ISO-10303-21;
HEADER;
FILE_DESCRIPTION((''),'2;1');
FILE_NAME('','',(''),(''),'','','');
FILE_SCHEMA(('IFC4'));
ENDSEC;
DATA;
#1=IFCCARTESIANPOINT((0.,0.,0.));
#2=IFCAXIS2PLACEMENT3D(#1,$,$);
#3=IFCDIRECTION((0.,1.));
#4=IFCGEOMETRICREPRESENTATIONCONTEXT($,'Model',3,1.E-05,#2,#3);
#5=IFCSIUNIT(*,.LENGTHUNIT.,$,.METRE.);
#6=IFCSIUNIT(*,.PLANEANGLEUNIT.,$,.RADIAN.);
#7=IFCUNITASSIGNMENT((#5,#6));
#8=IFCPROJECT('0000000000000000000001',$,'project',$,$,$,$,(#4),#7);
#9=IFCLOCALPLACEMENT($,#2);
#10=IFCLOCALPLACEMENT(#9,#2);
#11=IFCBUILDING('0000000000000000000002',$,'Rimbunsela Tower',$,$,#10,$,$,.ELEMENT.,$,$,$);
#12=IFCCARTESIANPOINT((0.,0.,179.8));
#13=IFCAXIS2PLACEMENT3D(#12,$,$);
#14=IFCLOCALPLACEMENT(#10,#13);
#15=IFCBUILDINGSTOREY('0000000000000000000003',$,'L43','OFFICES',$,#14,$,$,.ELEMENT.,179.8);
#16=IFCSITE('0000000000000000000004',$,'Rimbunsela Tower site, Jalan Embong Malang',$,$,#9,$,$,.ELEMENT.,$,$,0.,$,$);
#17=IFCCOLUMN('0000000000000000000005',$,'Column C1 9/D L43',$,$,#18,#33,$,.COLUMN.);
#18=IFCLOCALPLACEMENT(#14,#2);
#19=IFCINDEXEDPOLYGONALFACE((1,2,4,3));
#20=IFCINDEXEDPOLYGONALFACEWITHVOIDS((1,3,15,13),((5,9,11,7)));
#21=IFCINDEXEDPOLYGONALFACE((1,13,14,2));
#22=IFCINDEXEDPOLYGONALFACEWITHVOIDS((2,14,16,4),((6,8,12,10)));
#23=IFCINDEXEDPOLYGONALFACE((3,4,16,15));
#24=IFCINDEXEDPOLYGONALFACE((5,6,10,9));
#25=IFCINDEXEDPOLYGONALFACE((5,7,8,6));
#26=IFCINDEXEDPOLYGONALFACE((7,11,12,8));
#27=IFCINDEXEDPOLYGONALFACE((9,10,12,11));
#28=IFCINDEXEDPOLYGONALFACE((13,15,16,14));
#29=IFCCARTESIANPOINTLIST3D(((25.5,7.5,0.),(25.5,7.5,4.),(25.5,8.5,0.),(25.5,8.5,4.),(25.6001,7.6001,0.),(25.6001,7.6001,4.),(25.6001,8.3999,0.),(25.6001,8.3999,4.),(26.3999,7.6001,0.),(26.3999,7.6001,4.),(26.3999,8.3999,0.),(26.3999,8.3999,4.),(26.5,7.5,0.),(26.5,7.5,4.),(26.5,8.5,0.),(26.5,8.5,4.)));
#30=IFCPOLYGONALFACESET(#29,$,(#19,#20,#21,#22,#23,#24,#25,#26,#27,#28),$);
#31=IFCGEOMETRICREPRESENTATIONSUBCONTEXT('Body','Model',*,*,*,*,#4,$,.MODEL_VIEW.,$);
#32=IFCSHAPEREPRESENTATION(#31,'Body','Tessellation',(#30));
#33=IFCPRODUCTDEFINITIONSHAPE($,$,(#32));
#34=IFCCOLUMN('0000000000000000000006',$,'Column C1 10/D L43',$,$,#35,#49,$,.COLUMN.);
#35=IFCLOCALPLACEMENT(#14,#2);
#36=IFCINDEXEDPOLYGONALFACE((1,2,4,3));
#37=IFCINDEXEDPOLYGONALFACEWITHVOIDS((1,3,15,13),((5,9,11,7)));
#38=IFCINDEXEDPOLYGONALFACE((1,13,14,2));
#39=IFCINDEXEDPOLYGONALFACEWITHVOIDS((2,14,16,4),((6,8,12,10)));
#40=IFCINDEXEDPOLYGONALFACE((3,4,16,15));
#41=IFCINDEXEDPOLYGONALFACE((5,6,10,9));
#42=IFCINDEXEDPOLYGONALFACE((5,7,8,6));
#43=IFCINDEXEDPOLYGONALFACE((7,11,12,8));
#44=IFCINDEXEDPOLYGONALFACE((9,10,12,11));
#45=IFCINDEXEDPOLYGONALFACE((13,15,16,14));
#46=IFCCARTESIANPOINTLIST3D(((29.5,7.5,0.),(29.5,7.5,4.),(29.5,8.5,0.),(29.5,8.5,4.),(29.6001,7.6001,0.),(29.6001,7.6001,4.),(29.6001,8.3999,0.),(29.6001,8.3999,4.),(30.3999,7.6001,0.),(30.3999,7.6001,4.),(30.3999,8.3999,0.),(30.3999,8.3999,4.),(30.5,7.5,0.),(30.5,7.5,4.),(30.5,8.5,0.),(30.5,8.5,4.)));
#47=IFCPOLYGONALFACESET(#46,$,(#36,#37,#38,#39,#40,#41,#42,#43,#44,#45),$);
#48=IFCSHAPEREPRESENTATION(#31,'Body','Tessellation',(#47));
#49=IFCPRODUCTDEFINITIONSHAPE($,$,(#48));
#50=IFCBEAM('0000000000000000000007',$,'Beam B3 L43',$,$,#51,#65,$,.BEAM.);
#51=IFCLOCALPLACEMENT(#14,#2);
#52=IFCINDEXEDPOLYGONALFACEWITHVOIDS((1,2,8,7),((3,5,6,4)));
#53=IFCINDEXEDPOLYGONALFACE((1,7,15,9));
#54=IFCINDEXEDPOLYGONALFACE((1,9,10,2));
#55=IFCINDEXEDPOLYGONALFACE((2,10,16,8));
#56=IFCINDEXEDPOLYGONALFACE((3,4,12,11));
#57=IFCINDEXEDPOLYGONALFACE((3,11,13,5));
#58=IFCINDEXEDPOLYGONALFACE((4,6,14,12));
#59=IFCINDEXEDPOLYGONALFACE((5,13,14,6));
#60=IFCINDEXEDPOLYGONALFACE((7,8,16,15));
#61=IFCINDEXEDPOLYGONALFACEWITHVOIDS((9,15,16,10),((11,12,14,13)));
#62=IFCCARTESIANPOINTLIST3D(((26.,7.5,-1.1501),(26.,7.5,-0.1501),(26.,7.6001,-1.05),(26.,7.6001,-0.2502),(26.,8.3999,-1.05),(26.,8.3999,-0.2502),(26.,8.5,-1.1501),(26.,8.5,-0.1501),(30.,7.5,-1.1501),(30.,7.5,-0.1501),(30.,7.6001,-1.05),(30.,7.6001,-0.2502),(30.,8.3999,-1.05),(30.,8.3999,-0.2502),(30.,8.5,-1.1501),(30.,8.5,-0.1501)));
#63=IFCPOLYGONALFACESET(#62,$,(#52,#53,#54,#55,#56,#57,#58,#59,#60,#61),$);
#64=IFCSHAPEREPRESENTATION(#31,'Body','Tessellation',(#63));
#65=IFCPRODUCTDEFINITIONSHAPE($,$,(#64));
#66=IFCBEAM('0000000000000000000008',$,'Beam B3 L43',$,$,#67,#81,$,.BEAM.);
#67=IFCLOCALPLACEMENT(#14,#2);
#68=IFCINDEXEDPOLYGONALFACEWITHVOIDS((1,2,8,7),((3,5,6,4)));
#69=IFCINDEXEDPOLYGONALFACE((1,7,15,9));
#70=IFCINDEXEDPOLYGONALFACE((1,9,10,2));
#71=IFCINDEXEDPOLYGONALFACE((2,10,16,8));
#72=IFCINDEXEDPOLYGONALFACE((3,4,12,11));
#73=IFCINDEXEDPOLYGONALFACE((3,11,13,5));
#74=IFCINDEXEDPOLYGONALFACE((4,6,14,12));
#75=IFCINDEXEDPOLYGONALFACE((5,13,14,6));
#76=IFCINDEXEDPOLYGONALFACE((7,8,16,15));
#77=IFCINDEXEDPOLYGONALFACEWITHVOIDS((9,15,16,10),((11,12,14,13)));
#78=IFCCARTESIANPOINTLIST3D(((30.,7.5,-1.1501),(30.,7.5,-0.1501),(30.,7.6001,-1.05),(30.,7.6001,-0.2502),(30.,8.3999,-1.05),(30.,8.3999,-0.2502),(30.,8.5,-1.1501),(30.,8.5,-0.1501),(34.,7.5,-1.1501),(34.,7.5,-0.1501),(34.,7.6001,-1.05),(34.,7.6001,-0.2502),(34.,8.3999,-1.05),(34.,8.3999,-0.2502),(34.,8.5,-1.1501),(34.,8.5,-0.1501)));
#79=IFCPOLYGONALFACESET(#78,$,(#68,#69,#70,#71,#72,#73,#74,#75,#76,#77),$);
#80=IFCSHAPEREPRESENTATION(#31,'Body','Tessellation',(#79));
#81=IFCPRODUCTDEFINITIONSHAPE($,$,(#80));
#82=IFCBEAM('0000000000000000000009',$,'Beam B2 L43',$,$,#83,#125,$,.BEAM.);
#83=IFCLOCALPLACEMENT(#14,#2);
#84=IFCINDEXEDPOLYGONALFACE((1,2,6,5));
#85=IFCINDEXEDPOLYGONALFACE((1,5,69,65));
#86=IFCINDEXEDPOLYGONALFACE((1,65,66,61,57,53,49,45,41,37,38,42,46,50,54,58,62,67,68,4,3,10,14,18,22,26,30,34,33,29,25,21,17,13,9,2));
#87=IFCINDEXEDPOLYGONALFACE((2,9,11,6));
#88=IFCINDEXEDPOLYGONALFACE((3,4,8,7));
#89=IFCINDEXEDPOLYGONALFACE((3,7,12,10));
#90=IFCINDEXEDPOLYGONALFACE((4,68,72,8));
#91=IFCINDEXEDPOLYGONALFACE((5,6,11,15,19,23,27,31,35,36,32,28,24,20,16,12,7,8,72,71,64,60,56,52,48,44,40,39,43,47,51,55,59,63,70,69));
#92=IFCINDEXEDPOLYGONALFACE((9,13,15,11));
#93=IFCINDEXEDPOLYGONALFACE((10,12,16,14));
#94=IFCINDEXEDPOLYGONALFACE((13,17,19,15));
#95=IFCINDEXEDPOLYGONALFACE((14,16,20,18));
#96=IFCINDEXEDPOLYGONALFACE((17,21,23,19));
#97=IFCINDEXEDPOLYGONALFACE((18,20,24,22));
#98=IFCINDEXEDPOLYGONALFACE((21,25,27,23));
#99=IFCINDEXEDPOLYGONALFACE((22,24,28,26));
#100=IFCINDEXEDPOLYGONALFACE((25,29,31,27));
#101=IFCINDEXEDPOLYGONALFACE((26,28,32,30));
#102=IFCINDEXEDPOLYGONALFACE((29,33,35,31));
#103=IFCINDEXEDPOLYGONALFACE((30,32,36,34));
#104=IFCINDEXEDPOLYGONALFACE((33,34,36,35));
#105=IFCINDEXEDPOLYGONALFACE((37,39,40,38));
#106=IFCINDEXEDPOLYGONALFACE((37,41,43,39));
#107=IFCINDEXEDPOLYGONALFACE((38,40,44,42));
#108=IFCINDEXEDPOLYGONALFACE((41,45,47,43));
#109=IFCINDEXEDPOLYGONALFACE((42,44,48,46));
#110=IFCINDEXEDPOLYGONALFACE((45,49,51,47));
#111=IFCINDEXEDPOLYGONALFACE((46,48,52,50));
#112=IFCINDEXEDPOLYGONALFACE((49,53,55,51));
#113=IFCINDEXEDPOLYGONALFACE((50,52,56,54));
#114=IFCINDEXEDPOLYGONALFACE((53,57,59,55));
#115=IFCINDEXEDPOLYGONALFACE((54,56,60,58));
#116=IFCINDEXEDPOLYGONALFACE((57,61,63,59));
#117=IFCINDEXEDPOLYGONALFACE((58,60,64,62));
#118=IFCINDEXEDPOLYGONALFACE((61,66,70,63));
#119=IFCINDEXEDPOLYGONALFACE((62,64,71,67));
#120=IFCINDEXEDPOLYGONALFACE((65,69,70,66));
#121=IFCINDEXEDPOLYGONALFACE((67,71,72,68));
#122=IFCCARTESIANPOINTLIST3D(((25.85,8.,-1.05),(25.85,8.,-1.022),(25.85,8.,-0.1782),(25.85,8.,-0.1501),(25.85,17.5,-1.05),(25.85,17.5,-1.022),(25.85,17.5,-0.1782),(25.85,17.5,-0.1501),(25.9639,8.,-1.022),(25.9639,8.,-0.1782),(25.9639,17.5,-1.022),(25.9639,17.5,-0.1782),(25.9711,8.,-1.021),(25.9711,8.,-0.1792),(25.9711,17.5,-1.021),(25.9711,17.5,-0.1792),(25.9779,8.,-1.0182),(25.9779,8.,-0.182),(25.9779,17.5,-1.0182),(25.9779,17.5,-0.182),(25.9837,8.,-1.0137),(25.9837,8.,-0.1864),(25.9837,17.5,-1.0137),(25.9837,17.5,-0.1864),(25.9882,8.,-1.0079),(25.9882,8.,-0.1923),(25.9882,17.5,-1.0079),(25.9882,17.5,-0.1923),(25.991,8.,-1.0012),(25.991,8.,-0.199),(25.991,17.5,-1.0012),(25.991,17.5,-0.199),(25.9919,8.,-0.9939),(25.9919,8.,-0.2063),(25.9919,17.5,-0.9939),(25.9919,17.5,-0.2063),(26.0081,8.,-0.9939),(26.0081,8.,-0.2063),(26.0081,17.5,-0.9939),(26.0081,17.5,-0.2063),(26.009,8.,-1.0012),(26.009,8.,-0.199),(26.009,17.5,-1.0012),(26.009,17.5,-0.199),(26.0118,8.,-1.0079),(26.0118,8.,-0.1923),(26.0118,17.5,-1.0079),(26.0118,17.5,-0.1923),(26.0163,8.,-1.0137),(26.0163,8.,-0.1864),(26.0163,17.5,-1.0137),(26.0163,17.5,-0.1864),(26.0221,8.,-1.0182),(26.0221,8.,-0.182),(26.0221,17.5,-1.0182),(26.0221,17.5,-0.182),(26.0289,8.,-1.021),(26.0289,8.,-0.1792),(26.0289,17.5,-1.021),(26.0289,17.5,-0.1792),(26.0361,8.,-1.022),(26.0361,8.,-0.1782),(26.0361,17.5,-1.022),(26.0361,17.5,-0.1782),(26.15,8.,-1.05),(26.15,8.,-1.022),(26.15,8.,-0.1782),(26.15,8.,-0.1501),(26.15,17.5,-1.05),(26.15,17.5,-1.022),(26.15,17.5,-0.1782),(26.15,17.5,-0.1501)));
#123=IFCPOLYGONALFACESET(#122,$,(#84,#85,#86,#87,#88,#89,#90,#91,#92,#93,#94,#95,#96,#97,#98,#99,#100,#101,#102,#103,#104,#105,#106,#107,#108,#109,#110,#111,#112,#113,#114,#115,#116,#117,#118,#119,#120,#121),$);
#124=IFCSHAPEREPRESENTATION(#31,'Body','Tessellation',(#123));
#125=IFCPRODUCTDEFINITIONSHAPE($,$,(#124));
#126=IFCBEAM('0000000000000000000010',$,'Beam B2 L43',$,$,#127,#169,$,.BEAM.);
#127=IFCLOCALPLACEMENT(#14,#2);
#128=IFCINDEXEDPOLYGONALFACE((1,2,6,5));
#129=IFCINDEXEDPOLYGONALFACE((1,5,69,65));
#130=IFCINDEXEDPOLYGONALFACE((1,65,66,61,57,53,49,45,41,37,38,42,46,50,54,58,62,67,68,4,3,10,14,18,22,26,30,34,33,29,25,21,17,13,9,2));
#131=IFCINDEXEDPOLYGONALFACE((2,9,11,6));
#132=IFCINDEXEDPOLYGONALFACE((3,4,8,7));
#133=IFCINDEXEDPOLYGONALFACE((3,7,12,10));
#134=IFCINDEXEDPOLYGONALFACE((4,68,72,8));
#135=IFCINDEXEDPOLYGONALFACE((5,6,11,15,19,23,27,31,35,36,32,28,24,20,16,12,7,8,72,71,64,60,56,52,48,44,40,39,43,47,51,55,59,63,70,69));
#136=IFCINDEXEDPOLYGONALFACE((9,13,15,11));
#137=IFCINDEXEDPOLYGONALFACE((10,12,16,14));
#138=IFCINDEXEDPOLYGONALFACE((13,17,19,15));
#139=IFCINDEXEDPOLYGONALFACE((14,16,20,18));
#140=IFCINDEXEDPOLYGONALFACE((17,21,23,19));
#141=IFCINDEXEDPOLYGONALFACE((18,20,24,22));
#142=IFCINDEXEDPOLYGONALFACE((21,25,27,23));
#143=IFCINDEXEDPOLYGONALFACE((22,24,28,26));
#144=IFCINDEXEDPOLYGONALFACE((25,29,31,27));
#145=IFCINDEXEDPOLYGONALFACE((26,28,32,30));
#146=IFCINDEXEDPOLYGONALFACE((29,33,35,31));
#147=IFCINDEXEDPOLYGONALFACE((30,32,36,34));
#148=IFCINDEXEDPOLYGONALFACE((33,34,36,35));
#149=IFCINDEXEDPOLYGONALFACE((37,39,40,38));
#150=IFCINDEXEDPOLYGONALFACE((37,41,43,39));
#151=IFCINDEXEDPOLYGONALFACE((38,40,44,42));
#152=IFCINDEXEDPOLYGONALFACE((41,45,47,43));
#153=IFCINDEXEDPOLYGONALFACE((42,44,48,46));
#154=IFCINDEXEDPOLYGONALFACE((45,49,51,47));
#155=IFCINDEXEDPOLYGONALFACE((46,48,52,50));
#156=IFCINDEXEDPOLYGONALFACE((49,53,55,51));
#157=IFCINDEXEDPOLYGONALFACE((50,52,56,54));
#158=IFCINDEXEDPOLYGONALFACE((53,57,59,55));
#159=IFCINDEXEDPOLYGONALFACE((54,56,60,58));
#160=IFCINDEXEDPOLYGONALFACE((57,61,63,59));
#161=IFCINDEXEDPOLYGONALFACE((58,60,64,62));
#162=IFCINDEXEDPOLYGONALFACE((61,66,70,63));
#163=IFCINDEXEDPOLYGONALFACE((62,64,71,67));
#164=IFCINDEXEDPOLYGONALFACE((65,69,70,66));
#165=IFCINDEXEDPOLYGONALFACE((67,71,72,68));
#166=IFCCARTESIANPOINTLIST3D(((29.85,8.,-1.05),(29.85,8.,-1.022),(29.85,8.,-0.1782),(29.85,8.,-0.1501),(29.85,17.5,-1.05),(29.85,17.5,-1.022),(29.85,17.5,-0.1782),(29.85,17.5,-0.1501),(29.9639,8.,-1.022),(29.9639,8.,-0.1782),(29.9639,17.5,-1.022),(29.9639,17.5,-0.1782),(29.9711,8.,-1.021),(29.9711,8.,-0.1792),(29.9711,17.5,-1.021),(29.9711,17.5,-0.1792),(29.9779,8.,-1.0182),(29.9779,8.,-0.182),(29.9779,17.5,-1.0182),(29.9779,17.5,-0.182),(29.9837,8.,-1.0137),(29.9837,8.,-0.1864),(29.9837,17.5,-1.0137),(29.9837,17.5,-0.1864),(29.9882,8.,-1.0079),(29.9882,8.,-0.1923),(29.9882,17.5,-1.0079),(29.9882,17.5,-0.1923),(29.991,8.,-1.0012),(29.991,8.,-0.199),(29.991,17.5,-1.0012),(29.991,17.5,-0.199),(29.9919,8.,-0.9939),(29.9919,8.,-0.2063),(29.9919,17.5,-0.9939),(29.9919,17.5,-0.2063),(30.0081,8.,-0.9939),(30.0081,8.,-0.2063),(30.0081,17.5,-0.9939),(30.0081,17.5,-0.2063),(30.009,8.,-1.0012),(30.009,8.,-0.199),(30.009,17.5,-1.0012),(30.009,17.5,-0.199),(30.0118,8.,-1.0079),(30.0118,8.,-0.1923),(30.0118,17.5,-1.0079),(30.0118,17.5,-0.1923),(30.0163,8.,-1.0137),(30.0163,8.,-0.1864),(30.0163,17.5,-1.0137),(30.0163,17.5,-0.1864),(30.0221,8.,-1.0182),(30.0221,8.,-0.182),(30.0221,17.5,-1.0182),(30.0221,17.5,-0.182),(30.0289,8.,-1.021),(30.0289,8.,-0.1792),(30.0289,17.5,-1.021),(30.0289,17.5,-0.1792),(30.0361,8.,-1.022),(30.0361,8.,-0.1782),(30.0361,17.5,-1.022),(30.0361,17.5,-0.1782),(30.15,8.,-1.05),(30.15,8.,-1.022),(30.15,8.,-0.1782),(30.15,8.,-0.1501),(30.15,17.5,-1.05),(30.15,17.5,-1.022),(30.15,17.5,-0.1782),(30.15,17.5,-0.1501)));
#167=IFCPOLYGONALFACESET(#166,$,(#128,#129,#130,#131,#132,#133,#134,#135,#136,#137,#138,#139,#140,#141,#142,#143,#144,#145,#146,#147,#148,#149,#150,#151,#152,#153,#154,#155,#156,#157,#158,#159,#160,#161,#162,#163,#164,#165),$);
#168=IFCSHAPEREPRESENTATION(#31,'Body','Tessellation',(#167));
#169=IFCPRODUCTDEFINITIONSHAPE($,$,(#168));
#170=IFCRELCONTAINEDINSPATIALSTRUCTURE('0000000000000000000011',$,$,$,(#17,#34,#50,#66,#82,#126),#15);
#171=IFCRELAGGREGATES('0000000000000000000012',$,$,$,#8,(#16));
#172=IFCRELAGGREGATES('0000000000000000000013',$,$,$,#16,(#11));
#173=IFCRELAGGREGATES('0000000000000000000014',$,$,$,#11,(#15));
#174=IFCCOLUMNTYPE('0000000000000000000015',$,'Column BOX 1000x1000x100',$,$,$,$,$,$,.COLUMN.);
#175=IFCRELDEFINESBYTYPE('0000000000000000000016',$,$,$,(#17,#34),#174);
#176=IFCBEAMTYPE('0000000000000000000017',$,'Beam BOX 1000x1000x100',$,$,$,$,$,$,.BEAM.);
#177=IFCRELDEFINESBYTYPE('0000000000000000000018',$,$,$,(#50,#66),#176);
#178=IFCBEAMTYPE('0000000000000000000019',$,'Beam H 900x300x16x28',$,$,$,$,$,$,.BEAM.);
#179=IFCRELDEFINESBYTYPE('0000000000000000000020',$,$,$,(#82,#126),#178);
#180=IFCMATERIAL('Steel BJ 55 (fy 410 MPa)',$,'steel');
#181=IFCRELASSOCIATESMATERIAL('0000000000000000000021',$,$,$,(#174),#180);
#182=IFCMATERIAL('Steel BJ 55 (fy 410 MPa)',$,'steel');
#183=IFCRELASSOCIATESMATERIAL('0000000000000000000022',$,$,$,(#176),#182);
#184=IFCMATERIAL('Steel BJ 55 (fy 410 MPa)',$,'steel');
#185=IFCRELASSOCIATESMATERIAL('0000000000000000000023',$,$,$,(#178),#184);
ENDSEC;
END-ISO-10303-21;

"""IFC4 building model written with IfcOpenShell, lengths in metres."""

from ifc_helpers import new_model, si_unit, direction, frame, origin, origin_2d, place, context, subcontext, project, spatial, hollow_rectangle, i_section, extrude, material, material_profile, profile_set, type_object, element, save


model = new_model("IFC4")

# Units and contexts
model_context = context("Model", 3, precision=1e-05, world=origin(), true_north=direction((0.0, 1.0)))
body_context = subcontext(model_context, "Body", "Model", "MODEL_VIEW")
ifc_project = project(units=[si_unit("LENGTHUNIT", "METRE"), si_unit("PLANEANGLEUNIT", "RADIAN")], contexts=[model_context])

# Site, building, storey
site_placement = place(None, origin())
site = spatial("IfcSite", under=ifc_project, at=site_placement, Name="Rimbunsela Tower site, Jalan Embong Malang", CompositionType="ELEMENT", RefElevation=0.0)
building_placement = place(site_placement, origin())
building = spatial("IfcBuilding", under=site, at=building_placement, Name="Rimbunsela Tower", CompositionType="ELEMENT")
storey_placement = place(building_placement, frame((0.0, 0.0, 179.8)))
storey = spatial("IfcBuildingStorey", under=building, at=storey_placement, Name="L43", Description="OFFICES", CompositionType="ELEMENT", Elevation=179.8)

# Columns
ifc_material_1 = material(Name="Steel BJ 55 (fy 410 MPa)", Category="steel")
ifc_material_profile_1 = material_profile(ifc_material_1, hollow_rectangle(XDim=1.0, YDim=1.0, WallThickness=0.1001, at=origin_2d()), Name="BOX 1000x1000x100")
ifc_profile_set_1 = profile_set([ifc_material_profile_1], Name="Steel BJ 55 (fy 410 MPa)")
column_type = type_object("IfcColumnType", Name="Column BOX 1000x1000x100", PredefinedType="COLUMN", material=ifc_profile_set_1)
for number, where, z_axis, x_axis, name in (
    (1, (26.0, 8.0, 0.0), (0.0, 0.0, 1.0), (1.0, 0.0, 0.0), "Column C1 9/D L43"),
    (2, (30.0, 8.0, 0.0), (0.0, 0.0, 1.0), (1.0, 0.0, 0.0), "Column C1 10/D L43"),
):
    element("IfcColumn", number, at=place(storey_placement, frame(where, z_axis=z_axis, x_axis=x_axis)), inside=storey, type_object=column_type, Name=name, PredefinedType="COLUMN", context=body_context, shape_type="SweptSolid", body=[
        extrude(hollow_rectangle(XDim=1.0, YDim=1.0, WallThickness=0.1001, at=origin_2d()), origin(), (0.0, 0.0, 1.0), 4.0),
    ])

# Beams
ifc_material_2 = material(Name="Steel BJ 55 (fy 410 MPa)", Category="steel")
ifc_material_profile_2 = material_profile(ifc_material_2, hollow_rectangle(XDim=1.0, YDim=1.0, WallThickness=0.1001, at=origin_2d()), Name="BOX 1000x1000x100")
ifc_profile_set_2 = profile_set([ifc_material_profile_2], Name="Steel BJ 55 (fy 410 MPa)")
beam_type_1 = type_object("IfcBeamType", Name="Beam BOX 1000x1000x100", PredefinedType="BEAM", material=ifc_profile_set_2)
for number, where, z_axis, x_axis, name in (
    (3, (26.0, 8.0, -0.6501), (1.0, 0.0, 0.0), (0.0, 1.0, 0.0), "Beam B3 L43"),
    (4, (30.0, 8.0, -0.6501), (1.0, 0.0, 0.0), (0.0, 1.0, 0.0), "Beam B3 L43"),
):
    element("IfcBeam", number, at=place(storey_placement, frame(where, z_axis=z_axis, x_axis=x_axis)), inside=storey, type_object=beam_type_1, Name=name, PredefinedType="BEAM", context=body_context, shape_type="SweptSolid", body=[
        extrude(hollow_rectangle(XDim=1.0, YDim=1.0, WallThickness=0.1001, at=origin_2d()), origin(), (0.0, 0.0, 1.0), 4.0),
    ])
ifc_material_3 = material(Name="Steel BJ 55 (fy 410 MPa)", Category="steel")
ifc_material_profile_3 = material_profile(ifc_material_3, i_section(OverallWidth=0.3, OverallDepth=0.8999, WebThickness=0.0161, FlangeThickness=0.0281, FilletRadius=0.0281, at=origin_2d()), Name="H 900x300x16x28")
ifc_profile_set_3 = profile_set([ifc_material_profile_3], Name="Steel BJ 55 (fy 410 MPa)")
beam_type_2 = type_object("IfcBeamType", Name="Beam H 900x300x16x28", PredefinedType="BEAM", material=ifc_profile_set_3)
for number, where, z_axis, x_axis, name in (
    (5, (26.0, 8.0, -0.6001), (0.0, 1.0, 0.0), (-1.0, 0.0, 0.0), "Beam B2 L43"),
    (6, (30.0, 8.0, -0.6001), (0.0, 1.0, 0.0), (-1.0, 0.0, 0.0), "Beam B2 L43"),
):
    element("IfcBeam", number, at=place(storey_placement, frame(where, z_axis=z_axis, x_axis=x_axis)), inside=storey, type_object=beam_type_2, Name=name, PredefinedType="BEAM", context=body_context, shape_type="SweptSolid", body=[
        extrude(i_section(OverallWidth=0.3, OverallDepth=0.8999, WebThickness=0.0161, FlangeThickness=0.0281, FilletRadius=0.0281, at=origin_2d()), origin(), (0.0, 0.0, 1.0), 9.5),
    ])

save(model, "model.ifc")
